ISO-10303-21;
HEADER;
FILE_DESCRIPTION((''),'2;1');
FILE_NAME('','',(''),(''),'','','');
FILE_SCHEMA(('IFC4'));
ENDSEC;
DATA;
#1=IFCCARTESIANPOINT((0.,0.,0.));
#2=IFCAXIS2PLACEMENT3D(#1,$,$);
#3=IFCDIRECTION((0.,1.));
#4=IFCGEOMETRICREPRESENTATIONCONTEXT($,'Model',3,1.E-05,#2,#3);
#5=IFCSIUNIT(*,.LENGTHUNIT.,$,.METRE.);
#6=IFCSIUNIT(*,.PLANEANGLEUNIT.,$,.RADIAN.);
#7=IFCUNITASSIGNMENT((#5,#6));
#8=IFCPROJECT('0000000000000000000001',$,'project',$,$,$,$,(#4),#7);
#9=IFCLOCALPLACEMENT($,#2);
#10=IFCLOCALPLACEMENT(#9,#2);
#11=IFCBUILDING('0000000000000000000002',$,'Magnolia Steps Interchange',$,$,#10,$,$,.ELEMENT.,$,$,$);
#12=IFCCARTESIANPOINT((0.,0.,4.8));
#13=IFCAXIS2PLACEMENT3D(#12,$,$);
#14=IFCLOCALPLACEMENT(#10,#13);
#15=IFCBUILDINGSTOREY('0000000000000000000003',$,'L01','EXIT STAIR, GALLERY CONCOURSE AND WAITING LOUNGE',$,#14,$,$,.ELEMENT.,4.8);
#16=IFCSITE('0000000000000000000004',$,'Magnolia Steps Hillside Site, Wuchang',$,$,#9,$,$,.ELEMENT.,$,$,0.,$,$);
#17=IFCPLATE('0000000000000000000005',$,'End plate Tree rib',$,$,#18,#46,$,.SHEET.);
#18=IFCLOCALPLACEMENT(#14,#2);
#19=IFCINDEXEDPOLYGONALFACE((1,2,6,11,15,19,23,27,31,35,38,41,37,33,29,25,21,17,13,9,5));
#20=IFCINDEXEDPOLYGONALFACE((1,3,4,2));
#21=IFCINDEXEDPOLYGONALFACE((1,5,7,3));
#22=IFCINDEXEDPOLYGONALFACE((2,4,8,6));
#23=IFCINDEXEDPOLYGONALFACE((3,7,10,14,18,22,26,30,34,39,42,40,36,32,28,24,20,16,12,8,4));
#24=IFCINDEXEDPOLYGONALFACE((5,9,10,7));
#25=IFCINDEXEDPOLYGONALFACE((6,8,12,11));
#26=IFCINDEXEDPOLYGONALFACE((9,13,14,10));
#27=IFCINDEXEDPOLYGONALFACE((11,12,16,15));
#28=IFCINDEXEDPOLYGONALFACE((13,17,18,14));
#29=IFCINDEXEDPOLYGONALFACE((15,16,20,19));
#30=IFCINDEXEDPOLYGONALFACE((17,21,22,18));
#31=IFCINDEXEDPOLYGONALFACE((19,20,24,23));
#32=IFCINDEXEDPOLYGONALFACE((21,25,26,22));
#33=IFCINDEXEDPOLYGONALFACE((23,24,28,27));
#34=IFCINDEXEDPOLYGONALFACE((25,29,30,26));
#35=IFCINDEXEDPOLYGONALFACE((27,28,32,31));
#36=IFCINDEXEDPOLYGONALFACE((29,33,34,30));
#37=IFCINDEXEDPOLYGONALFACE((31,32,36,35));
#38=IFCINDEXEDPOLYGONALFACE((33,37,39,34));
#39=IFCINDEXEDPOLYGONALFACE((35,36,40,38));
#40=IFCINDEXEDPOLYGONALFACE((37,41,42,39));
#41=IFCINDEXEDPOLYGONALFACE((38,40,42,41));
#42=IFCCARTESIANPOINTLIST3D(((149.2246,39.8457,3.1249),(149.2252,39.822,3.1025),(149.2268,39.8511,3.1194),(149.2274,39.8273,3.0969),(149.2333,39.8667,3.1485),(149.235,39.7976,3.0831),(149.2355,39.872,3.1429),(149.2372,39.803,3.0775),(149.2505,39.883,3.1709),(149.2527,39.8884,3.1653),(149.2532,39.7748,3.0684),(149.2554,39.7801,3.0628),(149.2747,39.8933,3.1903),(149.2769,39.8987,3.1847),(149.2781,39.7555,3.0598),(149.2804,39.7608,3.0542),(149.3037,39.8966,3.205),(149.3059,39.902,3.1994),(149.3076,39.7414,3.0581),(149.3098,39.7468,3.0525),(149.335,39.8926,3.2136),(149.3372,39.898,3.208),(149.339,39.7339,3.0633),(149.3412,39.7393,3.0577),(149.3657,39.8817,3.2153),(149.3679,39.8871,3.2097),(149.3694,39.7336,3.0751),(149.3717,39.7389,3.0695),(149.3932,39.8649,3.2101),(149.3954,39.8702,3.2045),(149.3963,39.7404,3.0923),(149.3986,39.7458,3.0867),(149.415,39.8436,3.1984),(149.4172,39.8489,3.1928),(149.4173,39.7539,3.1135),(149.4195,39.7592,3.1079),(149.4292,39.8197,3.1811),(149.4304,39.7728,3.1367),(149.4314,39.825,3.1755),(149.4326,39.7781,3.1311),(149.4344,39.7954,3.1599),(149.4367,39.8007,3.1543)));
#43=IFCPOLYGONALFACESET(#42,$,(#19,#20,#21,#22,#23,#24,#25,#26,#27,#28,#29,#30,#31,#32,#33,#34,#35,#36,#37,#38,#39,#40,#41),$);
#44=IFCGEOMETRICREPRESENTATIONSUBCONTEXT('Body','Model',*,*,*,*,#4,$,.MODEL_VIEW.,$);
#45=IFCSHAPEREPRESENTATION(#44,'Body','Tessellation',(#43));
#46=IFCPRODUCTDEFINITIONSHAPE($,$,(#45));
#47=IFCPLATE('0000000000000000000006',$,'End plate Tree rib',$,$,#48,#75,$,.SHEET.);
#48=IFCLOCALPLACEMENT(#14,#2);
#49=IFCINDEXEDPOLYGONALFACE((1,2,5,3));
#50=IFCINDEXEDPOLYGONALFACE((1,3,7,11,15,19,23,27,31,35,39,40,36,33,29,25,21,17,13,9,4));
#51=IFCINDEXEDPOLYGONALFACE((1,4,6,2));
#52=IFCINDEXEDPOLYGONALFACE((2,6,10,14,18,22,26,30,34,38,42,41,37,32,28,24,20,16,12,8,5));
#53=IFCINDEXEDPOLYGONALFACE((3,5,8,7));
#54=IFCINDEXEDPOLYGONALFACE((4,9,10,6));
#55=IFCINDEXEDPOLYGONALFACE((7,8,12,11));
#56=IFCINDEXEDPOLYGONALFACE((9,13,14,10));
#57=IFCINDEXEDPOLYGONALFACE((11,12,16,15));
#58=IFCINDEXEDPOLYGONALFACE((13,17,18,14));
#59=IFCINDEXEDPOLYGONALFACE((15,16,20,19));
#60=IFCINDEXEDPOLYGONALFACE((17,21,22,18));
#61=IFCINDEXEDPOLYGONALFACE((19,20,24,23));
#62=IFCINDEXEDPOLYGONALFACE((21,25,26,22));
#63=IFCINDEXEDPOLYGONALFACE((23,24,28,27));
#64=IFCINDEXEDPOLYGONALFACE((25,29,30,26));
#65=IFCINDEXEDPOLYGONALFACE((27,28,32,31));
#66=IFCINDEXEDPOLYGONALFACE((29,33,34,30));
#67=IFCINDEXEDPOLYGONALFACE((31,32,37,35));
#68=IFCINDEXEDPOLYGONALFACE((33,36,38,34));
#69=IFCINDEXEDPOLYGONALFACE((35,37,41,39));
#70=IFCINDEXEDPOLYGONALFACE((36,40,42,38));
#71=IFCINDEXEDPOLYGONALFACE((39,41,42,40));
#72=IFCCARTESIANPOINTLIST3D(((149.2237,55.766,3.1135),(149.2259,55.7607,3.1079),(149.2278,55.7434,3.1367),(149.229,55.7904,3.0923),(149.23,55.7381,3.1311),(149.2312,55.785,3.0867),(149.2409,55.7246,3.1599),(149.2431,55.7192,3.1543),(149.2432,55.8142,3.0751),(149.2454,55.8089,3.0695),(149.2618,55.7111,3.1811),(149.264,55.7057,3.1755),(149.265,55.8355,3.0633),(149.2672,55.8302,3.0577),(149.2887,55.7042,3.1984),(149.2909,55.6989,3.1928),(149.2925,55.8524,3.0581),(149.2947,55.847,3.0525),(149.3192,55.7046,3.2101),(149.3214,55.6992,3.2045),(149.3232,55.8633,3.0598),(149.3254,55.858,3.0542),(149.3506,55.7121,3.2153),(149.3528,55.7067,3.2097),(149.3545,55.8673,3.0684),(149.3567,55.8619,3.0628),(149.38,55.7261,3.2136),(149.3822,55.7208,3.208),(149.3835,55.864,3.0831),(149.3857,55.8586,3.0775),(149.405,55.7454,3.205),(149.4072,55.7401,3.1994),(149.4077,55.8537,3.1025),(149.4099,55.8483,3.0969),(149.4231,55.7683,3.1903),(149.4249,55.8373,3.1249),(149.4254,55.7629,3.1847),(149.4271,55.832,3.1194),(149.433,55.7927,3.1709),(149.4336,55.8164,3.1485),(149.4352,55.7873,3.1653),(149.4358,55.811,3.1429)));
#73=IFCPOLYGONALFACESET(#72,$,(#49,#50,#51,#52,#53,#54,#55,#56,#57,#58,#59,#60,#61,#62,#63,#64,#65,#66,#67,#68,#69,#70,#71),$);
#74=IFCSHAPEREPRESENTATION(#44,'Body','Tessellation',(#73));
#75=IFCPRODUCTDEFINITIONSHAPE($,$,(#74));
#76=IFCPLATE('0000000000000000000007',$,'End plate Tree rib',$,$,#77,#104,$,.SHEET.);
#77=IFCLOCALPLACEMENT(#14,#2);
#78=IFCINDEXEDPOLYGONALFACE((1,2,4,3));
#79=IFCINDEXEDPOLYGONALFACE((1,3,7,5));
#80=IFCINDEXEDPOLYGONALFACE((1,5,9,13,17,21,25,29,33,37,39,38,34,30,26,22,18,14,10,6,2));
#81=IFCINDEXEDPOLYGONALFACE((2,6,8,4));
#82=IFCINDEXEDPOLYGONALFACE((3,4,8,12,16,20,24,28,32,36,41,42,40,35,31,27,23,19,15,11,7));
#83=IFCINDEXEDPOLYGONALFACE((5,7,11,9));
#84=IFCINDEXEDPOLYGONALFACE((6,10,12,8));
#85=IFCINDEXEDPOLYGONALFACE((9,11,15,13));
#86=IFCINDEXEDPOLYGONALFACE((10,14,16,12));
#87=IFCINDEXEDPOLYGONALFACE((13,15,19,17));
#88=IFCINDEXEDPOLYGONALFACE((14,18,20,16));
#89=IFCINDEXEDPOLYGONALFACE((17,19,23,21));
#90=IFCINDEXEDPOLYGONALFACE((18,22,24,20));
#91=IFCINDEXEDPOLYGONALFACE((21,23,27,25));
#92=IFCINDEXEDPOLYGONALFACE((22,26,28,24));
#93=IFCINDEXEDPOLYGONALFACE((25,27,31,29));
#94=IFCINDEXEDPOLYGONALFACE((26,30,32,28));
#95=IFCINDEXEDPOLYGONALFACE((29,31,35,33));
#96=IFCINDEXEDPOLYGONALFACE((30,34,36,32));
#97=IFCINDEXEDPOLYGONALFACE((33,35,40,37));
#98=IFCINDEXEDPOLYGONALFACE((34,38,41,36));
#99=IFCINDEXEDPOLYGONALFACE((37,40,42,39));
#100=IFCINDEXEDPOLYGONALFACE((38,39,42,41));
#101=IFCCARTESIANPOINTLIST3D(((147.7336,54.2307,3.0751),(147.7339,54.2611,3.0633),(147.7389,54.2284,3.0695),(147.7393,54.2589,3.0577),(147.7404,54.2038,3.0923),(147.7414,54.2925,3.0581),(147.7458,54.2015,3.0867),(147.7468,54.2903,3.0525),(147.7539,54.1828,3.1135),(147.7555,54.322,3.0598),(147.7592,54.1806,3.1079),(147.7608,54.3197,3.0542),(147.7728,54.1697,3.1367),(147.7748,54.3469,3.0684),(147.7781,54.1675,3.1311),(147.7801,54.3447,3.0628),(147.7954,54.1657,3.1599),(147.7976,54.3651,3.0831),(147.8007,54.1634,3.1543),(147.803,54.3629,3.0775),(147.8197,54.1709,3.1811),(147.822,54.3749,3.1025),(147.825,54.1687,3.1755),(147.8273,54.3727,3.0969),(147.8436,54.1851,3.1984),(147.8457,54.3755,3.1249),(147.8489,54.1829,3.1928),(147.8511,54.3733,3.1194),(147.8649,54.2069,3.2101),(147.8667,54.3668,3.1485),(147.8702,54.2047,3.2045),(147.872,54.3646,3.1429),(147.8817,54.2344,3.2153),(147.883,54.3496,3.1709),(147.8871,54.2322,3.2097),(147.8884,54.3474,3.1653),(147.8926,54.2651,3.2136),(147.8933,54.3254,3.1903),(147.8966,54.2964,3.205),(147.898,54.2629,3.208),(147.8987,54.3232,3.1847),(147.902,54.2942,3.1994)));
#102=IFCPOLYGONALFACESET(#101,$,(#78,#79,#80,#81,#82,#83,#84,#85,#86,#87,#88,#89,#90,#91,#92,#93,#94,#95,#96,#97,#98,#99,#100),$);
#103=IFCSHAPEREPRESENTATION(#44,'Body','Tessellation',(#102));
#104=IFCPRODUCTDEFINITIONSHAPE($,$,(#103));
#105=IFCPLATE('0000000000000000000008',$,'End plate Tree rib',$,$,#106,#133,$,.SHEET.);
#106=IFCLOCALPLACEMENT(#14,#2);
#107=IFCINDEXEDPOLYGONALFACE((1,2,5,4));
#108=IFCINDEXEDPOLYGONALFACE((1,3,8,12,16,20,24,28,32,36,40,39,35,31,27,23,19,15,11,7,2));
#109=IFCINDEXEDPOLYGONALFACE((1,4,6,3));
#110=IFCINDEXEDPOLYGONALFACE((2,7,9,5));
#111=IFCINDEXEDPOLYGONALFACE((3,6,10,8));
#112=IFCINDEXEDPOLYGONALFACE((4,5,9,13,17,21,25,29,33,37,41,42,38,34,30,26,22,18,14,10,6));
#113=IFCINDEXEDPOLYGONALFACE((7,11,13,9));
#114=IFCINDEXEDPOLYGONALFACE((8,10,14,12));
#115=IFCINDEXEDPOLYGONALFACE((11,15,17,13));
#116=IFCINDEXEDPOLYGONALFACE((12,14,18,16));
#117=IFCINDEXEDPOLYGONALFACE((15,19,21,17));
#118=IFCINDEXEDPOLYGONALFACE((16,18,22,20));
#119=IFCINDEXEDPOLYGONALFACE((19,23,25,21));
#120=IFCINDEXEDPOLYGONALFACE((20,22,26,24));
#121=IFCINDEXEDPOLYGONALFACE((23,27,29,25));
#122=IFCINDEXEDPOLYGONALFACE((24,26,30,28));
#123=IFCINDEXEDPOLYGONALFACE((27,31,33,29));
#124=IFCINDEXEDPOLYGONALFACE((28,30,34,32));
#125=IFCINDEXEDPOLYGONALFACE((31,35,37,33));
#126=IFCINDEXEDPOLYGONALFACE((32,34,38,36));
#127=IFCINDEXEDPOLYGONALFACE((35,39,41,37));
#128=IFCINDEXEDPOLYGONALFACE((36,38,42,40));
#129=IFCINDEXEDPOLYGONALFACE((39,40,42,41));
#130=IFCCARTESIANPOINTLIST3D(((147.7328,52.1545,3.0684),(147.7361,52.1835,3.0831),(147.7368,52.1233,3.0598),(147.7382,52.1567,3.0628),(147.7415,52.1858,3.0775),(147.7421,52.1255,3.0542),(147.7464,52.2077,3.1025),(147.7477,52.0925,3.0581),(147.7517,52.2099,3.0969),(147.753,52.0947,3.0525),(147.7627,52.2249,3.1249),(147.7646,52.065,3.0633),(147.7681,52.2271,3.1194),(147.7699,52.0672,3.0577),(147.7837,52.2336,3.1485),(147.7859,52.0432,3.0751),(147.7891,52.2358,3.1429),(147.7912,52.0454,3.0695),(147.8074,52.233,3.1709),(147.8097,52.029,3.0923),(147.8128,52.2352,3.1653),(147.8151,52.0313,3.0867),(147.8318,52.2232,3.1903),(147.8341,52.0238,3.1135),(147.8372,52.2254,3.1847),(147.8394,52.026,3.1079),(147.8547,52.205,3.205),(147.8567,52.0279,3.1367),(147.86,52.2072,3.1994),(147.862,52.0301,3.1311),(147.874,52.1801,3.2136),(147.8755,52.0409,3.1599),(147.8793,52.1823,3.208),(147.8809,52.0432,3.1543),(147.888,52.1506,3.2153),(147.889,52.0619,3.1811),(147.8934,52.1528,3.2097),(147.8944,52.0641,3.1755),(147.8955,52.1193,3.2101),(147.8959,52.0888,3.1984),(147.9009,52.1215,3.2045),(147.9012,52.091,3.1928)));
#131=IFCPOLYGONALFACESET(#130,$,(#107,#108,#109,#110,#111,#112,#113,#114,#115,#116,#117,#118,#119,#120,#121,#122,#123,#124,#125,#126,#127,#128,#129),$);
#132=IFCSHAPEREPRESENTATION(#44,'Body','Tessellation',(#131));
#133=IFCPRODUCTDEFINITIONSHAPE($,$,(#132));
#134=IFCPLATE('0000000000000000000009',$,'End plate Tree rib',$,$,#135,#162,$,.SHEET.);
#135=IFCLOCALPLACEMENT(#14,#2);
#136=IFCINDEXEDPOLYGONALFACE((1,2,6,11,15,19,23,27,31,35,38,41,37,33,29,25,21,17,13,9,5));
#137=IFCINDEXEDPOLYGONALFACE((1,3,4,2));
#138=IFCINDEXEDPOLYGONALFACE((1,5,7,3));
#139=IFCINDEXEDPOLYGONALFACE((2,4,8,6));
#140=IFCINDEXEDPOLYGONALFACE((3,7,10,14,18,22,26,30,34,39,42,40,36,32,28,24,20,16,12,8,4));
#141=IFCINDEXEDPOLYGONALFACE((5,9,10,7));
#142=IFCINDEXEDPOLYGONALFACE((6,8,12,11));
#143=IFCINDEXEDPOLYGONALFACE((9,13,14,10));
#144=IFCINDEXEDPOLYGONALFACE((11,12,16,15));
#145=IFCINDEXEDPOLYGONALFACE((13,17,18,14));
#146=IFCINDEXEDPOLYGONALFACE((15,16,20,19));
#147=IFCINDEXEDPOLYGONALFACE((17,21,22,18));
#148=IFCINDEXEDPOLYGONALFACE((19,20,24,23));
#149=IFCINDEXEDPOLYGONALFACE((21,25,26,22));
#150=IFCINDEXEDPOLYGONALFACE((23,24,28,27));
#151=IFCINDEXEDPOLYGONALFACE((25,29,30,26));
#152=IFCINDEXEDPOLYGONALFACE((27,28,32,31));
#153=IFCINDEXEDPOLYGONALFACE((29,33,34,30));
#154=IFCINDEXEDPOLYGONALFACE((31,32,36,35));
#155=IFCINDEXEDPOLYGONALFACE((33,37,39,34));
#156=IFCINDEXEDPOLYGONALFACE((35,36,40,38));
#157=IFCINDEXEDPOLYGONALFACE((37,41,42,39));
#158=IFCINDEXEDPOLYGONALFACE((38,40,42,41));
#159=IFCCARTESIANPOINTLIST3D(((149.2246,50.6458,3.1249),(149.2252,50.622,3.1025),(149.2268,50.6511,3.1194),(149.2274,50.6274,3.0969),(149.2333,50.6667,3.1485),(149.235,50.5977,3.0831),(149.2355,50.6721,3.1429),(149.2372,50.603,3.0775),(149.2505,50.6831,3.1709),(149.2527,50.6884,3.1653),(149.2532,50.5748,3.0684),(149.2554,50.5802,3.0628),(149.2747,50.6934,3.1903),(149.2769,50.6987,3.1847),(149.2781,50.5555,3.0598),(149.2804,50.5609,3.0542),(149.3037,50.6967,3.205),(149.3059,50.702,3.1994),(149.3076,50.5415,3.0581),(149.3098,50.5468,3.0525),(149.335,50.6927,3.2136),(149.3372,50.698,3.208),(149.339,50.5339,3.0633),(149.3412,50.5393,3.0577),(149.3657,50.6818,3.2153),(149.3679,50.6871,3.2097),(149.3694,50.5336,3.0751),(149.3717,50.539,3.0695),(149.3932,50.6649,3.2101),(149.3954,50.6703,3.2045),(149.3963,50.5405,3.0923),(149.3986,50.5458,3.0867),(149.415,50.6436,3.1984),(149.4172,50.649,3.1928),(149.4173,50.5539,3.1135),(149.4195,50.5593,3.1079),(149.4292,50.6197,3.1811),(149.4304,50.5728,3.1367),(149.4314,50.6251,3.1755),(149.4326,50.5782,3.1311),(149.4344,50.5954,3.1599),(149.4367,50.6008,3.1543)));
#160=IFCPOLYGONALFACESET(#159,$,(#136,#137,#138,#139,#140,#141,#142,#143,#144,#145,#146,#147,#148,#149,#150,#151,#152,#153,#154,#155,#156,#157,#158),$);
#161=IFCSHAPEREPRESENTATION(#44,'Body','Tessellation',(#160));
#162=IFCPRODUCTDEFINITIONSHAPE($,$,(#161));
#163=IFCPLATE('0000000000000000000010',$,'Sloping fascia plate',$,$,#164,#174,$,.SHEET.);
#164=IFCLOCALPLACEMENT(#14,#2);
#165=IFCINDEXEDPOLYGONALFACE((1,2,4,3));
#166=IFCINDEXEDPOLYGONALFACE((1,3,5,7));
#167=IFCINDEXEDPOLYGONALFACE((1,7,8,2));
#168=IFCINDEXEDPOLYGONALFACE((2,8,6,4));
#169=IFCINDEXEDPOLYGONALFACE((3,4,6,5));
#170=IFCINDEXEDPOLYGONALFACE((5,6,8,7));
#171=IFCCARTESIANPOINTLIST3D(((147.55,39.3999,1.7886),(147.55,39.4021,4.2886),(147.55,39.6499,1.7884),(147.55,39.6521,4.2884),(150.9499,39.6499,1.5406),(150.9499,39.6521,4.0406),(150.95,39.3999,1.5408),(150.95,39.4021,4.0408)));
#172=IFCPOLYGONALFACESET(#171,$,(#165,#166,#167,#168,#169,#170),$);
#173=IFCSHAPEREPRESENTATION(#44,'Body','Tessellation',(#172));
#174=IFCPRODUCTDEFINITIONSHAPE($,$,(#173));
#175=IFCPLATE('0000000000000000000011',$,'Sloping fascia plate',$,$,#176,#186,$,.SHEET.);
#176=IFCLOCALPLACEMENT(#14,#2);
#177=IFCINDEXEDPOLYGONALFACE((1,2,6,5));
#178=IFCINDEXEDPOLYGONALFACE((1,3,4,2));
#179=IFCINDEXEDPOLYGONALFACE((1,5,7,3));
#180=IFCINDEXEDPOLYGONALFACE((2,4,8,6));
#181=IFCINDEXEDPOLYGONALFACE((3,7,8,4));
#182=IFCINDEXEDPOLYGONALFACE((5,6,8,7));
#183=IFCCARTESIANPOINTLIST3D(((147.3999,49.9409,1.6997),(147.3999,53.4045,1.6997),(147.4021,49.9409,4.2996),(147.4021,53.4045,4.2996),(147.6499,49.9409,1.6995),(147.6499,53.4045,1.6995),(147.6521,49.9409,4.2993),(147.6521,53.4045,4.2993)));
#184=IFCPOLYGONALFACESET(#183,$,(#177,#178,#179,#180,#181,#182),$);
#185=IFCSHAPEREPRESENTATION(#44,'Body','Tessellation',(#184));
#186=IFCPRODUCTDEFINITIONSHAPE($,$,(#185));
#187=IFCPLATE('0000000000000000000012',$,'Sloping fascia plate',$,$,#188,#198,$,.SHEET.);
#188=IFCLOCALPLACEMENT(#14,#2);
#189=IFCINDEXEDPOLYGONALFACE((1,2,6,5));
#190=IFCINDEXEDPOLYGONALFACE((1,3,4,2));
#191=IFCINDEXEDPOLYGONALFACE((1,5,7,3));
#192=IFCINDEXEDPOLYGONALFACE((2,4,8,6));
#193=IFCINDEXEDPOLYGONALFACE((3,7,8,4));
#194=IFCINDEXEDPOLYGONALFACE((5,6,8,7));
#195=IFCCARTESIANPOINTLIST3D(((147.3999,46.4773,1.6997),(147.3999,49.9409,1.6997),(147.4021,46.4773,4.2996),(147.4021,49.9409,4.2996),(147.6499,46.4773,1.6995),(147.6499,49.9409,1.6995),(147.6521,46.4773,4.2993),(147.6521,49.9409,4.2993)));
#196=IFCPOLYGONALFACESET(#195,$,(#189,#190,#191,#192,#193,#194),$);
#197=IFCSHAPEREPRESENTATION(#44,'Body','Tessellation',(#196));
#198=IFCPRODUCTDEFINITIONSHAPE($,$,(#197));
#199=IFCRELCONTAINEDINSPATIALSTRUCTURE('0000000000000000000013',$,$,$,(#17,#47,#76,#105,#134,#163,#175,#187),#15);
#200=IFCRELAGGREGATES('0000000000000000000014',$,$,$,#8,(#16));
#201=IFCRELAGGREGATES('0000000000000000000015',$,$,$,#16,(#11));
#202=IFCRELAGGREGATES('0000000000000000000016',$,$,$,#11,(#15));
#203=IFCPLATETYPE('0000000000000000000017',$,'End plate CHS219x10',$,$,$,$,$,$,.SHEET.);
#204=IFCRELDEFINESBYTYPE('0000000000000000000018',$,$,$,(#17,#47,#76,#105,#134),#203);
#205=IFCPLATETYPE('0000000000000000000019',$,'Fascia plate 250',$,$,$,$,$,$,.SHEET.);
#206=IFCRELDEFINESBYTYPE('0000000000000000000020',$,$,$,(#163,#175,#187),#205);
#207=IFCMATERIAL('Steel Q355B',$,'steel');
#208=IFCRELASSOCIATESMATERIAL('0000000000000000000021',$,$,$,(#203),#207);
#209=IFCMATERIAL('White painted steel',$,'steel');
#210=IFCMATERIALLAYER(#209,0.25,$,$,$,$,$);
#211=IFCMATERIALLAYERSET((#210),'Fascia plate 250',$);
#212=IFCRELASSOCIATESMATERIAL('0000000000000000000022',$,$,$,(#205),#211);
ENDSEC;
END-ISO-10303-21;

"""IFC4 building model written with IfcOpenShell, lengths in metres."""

from ifc_helpers import new_model, si_unit, direction, frame, origin, origin_2d, place, context, subcontext, project, spatial, polyline, circle, outline, extrude, material, layer, layer_set, material_profile, profile_set, type_object, element, save


model = new_model("IFC4")

# Units and contexts
model_context = context("Model", 3, precision=1e-05, world=origin(), true_north=direction((0.0, 1.0)))
body_context = subcontext(model_context, "Body", "Model", "MODEL_VIEW")
ifc_project = project(units=[si_unit("LENGTHUNIT", "METRE"), si_unit("PLANEANGLEUNIT", "RADIAN")], contexts=[model_context])

# Site, building, storey
site_placement = place(None, origin())
site = spatial("IfcSite", under=ifc_project, at=site_placement, Name="Magnolia Steps Hillside Site, Wuchang", CompositionType="ELEMENT", RefElevation=0.0)
building_placement = place(site_placement, origin())
building = spatial("IfcBuilding", under=site, at=building_placement, Name="Magnolia Steps Interchange", CompositionType="ELEMENT")
storey_placement = place(building_placement, frame((0.0, 0.0, 4.8)))
storey = spatial("IfcBuildingStorey", under=building, at=storey_placement, Name="L01", Description="EXIT STAIR, GALLERY CONCOURSE AND WAITING LOUNGE", CompositionType="ELEMENT", Elevation=4.8)

# Plates
ifc_material_1 = material(Name="Steel Q355B", Category="steel")
ifc_material_profile_1 = material_profile(ifc_material_1, circle(Radius=0.1096, at=origin_2d()), Name="End plate CHS219x10")
ifc_profile_set_1 = profile_set([ifc_material_profile_1], Name="Steel Q355B")
plate_type_1 = type_object("IfcPlateType", Name="End plate CHS219x10", PredefinedType="SHEET", material=ifc_profile_set_1)
for number, where, z_axis, x_axis, name in (
    (1, (149.3313, 39.8201, 3.1311), (-0.275279, -0.664583, 0.694658), (0.92388, -0.382683, 0.0), "End plate Tree rib"),
    (2, (149.3313, 55.78, 3.1311), (-0.275279, 0.664583, 0.694658), (-0.92388, -0.382683, 0.0), "End plate Tree rib"),
    (3, (147.8201, 54.2688, 3.1311), (-0.664583, 0.275279, 0.694658), (-0.382683, -0.92388, 0.0), "End plate Tree rib"),
    (4, (147.8201, 52.1313, 3.1311), (-0.664583, -0.275279, 0.694658), (0.382683, -0.92388, 0.0), "End plate Tree rib"),
    (5, (149.3313, 50.6201, 3.1311), (-0.275279, -0.664583, 0.694658), (0.92388, -0.382683, 0.0), "End plate Tree rib"),
):
    element("IfcPlate", number, at=place(storey_placement, frame(where, z_axis=z_axis, x_axis=x_axis)), inside=storey, type_object=plate_type_1, Name=name, PredefinedType="SHEET", context=body_context, shape_type="SweptSolid", body=[
        extrude(circle(Radius=0.1096, at=origin_2d()), origin(), (0.0, 0.0, 1.0), 0.0081),
    ])
ifc_material_2 = material(Name="White painted steel", Category="steel")
ifc_layer = layer(ifc_material_2, 0.25)
ifc_layer_set = layer_set([ifc_layer], Name="Fascia plate 250")
plate_type_2 = type_object("IfcPlateType", Name="Fascia plate 250", PredefinedType="SHEET", material=ifc_layer_set)
plate_placement = place(storey_placement, frame((147.55, 39.3999, 1.7886), z_axis=(0.000064, -1.0, 0.000879), x_axis=(0.997354, 0.0, -0.072692)))
element("IfcPlate", 6, at=plate_placement, inside=storey, type_object=plate_type_2, Name="Sloping fascia plate", PredefinedType="SHEET", context=body_context, shape_type="SweptSolid", body=[
    extrude(outline(polyline([(0.0, 0.0), (3.4089, 0.0), (3.2272, 2.4934), (-0.1817, 2.4934), (0.0, 0.0)])), origin(), (0.0, 0.0, -1.0), 0.25),
])
for number, where, z_axis, x_axis, name in (
    (7, (147.3999, 53.4045, 1.6997), (-1.0, 0.0, 0.000845), (0.0, -1.0, 0.0), "Sloping fascia plate"),
    (8, (147.3999, 49.9409, 1.6997), (-1.0, 0.0, 0.000845), (0.0, -1.0, 0.0), "Sloping fascia plate"),
):
    element("IfcPlate", number, at=place(storey_placement, frame(where, z_axis=z_axis, x_axis=x_axis)), inside=storey, type_object=plate_type_2, Name=name, PredefinedType="SHEET", context=body_context, shape_type="SweptSolid", body=[
        extrude(outline(polyline([(0.0, 0.0), (3.4636, 0.0), (3.4636, 2.5999), (0.0, 2.5999), (0.0, 0.0)])), origin(), (0.0, 0.0, -1.0), 0.25),
    ])

save(model, "model.ifc")
